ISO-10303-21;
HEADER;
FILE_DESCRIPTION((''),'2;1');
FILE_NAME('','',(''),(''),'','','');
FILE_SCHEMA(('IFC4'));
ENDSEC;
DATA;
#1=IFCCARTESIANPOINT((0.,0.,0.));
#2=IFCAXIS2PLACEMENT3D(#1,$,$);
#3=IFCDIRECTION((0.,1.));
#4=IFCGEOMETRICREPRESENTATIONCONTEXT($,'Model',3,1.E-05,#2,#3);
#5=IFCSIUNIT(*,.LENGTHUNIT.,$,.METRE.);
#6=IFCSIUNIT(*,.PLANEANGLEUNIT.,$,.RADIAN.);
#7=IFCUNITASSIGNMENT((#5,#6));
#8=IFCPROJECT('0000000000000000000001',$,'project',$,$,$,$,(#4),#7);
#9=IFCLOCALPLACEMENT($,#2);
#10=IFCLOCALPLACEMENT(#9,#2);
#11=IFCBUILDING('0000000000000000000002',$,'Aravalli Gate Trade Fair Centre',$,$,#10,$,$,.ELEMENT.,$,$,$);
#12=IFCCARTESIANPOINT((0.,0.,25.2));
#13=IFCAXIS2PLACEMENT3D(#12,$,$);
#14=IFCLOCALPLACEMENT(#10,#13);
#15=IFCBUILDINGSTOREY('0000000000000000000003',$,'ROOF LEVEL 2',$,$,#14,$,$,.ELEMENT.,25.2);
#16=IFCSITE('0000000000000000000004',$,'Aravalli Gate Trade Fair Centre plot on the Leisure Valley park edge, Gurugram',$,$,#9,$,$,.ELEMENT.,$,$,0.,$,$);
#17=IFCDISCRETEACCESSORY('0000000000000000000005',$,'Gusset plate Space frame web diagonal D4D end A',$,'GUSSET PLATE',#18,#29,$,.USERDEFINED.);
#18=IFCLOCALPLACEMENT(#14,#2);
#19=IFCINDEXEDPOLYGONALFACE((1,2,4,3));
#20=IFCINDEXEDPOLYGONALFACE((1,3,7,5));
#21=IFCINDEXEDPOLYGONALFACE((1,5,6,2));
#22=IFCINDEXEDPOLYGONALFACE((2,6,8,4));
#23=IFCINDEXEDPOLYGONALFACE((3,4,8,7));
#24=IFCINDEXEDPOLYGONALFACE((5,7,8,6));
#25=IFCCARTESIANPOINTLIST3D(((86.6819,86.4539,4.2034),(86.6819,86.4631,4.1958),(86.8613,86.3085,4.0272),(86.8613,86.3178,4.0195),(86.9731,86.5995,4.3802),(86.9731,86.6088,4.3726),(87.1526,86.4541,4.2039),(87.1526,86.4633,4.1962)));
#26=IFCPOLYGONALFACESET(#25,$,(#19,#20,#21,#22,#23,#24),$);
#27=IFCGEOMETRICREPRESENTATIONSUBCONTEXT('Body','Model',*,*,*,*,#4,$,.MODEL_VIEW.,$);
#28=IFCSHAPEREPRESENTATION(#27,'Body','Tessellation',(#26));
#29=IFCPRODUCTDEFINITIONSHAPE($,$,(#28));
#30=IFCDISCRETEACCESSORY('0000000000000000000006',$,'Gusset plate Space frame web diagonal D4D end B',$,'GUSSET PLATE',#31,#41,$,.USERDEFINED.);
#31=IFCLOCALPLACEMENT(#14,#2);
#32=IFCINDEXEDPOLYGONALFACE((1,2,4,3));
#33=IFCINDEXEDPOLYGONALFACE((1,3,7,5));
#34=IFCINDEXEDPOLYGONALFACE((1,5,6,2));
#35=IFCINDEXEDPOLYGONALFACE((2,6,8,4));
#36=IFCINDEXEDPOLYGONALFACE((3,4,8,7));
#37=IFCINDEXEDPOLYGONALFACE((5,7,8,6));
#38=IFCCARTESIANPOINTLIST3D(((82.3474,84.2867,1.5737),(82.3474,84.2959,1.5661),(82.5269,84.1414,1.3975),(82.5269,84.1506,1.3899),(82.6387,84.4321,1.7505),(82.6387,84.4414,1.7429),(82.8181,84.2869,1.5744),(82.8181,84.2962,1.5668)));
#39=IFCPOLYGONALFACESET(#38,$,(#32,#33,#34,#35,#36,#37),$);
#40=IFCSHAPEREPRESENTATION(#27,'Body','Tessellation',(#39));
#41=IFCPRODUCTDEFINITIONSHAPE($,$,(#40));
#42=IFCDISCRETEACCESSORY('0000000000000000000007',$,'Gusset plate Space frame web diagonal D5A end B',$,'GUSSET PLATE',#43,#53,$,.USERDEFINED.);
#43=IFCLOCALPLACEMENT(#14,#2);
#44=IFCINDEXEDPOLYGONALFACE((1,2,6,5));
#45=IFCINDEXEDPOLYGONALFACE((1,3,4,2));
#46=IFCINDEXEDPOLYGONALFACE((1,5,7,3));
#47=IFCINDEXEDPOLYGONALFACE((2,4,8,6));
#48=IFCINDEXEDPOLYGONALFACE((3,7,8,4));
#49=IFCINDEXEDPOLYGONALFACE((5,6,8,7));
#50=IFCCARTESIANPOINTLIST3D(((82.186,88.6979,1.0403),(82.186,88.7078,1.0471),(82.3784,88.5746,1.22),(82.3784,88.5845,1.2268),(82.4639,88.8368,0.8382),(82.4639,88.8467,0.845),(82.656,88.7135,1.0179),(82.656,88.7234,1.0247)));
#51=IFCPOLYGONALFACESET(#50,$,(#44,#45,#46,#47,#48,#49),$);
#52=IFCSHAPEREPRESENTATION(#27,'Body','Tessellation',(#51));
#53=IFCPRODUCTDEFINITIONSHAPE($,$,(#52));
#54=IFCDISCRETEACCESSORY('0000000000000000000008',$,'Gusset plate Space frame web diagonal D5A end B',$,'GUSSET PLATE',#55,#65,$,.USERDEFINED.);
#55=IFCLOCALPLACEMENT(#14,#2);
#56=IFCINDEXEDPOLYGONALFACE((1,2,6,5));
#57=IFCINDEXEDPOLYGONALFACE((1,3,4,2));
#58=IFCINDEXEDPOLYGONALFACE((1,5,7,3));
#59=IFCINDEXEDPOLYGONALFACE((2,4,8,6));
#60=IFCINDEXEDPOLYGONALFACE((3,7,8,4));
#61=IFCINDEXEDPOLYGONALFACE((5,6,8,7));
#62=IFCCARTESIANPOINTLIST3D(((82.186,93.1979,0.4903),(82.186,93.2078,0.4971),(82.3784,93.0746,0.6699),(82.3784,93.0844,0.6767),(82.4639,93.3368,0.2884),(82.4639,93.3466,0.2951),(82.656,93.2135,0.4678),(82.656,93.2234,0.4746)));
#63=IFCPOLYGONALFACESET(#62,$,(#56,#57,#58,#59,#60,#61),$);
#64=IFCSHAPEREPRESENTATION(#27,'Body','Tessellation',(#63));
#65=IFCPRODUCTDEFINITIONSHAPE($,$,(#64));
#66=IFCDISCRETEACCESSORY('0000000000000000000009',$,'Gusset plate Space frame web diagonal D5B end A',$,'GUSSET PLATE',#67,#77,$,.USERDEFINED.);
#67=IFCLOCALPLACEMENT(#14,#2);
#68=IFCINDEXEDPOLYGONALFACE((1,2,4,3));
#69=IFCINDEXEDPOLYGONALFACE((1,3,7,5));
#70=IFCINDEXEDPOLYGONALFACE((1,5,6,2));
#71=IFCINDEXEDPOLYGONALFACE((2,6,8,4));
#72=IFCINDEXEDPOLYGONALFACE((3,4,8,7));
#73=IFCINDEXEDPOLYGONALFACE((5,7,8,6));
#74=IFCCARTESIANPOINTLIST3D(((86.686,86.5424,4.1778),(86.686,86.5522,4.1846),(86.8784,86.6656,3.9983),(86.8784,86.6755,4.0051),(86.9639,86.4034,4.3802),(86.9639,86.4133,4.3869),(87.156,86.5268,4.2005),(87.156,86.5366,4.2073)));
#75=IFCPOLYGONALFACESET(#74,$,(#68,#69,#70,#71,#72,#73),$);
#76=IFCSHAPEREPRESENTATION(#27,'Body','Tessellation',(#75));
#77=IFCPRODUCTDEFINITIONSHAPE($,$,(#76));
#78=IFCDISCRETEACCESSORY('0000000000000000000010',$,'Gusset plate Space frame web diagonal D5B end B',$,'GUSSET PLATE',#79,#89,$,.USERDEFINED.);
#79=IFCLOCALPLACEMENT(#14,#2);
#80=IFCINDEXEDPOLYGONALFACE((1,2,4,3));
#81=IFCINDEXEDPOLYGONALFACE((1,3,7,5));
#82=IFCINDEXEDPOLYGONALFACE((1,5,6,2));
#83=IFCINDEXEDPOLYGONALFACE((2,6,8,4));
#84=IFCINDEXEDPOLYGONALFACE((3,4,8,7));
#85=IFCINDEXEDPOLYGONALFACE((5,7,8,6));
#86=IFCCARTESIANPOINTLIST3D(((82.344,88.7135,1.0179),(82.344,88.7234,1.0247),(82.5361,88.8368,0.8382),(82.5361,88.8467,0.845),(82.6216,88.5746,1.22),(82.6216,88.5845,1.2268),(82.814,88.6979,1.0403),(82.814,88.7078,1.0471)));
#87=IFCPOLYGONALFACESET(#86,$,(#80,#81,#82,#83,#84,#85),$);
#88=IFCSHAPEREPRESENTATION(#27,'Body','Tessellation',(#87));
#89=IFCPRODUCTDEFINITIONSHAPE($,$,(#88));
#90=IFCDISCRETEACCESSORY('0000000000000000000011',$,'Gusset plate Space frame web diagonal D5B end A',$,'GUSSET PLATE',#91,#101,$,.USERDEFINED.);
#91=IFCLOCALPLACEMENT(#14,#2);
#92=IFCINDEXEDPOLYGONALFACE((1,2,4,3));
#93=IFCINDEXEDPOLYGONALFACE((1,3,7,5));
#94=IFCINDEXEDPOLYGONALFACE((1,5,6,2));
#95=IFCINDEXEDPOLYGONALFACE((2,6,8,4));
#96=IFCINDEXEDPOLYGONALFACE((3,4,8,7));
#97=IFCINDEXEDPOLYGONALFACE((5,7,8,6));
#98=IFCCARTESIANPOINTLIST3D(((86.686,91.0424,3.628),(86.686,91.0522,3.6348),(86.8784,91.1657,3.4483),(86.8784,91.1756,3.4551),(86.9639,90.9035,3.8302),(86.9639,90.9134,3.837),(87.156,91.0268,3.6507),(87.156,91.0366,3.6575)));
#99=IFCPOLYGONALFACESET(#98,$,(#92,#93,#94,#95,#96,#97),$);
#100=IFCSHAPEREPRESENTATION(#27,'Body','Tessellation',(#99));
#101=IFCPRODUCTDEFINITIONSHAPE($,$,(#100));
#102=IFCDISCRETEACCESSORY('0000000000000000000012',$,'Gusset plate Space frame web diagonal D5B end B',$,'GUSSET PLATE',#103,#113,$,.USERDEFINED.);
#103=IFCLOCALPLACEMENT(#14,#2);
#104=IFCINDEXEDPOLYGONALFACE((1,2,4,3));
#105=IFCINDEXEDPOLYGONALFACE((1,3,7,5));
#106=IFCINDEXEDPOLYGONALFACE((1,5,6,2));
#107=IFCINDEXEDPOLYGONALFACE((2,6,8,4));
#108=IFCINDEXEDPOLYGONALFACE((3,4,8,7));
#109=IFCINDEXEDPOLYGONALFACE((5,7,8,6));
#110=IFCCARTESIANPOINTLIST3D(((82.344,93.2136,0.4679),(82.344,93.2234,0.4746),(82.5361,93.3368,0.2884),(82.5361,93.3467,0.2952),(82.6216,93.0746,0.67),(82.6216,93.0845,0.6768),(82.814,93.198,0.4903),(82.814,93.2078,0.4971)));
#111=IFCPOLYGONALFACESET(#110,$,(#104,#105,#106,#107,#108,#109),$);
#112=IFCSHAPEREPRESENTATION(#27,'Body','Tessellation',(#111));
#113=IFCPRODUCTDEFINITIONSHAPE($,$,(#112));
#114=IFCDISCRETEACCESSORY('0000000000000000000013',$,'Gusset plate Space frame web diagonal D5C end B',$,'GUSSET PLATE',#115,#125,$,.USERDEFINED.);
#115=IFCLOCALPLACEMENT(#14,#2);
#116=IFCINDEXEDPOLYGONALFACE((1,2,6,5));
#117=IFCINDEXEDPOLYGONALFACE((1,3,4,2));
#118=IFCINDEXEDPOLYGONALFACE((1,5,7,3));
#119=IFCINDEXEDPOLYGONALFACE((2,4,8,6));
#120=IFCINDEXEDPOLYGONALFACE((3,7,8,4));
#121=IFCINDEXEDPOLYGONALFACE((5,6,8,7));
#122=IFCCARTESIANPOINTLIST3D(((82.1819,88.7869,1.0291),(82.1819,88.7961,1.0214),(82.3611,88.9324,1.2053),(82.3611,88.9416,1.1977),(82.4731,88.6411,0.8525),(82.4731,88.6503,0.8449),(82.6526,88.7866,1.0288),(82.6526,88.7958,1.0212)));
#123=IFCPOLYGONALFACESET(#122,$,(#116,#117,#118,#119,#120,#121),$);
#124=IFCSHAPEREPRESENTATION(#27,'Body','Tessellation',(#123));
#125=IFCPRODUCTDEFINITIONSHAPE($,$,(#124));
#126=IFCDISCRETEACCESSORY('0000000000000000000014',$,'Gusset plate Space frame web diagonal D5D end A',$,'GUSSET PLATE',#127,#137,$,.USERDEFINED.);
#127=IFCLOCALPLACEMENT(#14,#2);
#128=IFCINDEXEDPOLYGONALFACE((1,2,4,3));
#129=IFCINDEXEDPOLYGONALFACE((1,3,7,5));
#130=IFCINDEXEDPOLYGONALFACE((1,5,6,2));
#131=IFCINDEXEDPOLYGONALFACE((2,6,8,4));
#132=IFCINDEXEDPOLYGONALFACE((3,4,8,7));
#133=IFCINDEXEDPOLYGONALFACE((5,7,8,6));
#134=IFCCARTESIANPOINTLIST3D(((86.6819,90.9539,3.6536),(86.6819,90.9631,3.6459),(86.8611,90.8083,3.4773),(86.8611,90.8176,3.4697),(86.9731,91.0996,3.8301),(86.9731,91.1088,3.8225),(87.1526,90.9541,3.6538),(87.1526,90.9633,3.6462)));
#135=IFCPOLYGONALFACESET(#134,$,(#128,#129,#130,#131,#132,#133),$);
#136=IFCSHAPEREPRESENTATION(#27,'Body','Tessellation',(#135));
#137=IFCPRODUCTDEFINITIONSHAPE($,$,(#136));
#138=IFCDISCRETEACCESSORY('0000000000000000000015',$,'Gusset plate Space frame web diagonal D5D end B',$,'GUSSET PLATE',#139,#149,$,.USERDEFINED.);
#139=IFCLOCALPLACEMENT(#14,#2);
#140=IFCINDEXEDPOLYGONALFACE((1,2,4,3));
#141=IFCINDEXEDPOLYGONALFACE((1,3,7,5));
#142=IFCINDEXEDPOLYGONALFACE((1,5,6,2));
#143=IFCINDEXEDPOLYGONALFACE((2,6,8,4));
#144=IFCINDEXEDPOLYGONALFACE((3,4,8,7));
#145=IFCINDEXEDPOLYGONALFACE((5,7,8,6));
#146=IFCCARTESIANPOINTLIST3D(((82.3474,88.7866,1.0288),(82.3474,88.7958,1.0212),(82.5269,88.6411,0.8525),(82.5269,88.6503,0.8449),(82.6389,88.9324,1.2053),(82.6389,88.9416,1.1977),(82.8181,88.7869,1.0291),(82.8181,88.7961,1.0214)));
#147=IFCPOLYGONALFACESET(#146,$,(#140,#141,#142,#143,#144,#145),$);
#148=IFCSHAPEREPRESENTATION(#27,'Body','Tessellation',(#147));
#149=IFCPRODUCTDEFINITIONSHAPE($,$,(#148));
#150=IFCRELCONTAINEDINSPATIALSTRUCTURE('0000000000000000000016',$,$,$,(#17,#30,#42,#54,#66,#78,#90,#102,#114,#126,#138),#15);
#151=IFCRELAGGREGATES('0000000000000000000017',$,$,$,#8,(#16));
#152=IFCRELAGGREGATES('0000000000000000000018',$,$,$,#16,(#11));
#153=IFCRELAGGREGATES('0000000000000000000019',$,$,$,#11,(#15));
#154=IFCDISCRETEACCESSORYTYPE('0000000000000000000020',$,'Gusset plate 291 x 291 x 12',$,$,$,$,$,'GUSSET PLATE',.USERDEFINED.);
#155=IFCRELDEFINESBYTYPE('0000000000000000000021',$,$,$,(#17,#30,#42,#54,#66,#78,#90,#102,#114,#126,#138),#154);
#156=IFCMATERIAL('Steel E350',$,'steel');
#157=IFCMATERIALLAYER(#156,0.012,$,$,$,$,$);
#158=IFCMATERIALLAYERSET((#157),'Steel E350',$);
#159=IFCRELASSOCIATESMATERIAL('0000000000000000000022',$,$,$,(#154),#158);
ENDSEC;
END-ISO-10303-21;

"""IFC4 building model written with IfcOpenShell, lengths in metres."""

from ifc_helpers import new_model, si_unit, direction, frame, origin, place, context, subcontext, project, spatial, polyline, outline, extrude, material, layer, layer_set, type_object, element, save


model = new_model("IFC4")

# Units and contexts
model_context = context("Model", 3, precision=1e-05, world=origin(), true_north=direction((0.0, 1.0)))
body_context = subcontext(model_context, "Body", "Model", "MODEL_VIEW")
ifc_project = project(units=[si_unit("LENGTHUNIT", "METRE"), si_unit("PLANEANGLEUNIT", "RADIAN")], contexts=[model_context])

# Site, building, storey
site_placement = place(None, origin())
site = spatial("IfcSite", under=ifc_project, at=site_placement, Name="Aravalli Gate Trade Fair Centre plot on the Leisure Valley park edge, Gurugram", CompositionType="ELEMENT", RefElevation=0.0)
building_placement = place(site_placement, origin())
building = spatial("IfcBuilding", under=site, at=building_placement, Name="Aravalli Gate Trade Fair Centre", CompositionType="ELEMENT")
storey_placement = place(building_placement, frame((0.0, 0.0, 25.2)))
storey = spatial("IfcBuildingStorey", under=building, at=storey_placement, Name="ROOF LEVEL 2", CompositionType="ELEMENT", Elevation=25.2)

# Shared definitions
ifc_material_1 = material(Name="Steel E350", Category="steel")

# Discrete accessories
ifc_layer_1 = layer(ifc_material_1, 0.012)
ifc_layer_set_1 = layer_set([ifc_layer_1], Name="Steel E350")
discrete_accessory_type = type_object("IfcDiscreteAccessoryType", Name="Gusset plate 291 x 291 x 12", ElementType="GUSSET PLATE", PredefinedType="USERDEFINED", material=ifc_layer_set_1)
discrete_accessory_1_placement = place(storey_placement, frame((86.6819, 86.4539, 4.2034), z_axis=(-0.00026, -0.771582, 0.63613), x_axis=(0.785986, 0.393126, 0.477156)))
element("IfcDiscreteAccessory", 1, at=discrete_accessory_1_placement, inside=storey, type_object=discrete_accessory_type, Name="Gusset plate Space frame web diagonal D4D end A", ObjectType="GUSSET PLATE", PredefinedType="USERDEFINED", context=body_context, shape_type="SweptSolid", body=[
    extrude(outline(polyline([(0.0, 0.0), (0.3706, 0.0), (0.3703, -0.2906), (-0.0002, -0.2905), (0.0, 0.0)])), origin(), (0.0, 0.0, -1.0), 0.012),
])
discrete_accessory_2_placement = place(storey_placement, frame((82.6387, 84.4321, 1.7505), z_axis=(-0.000589, -0.771792, 0.635874), x_axis=(-0.78619, -0.392604, -0.477251)))
element("IfcDiscreteAccessory", 2, at=discrete_accessory_2_placement, inside=storey, type_object=discrete_accessory_type, Name="Gusset plate Space frame web diagonal D4D end B", ObjectType="GUSSET PLATE", PredefinedType="USERDEFINED", context=body_context, shape_type="SweptSolid", body=[
    extrude(outline(polyline([(0.0, 0.0), (0.3705, 0.0), (0.3705, 0.2905), (0.0, 0.2903), (0.0, 0.0)])), origin(), (0.0, 0.0, -1.0), 0.012),
])
discrete_accessory_3_placement = place(storey_placement, frame((82.186, 88.7078, 1.0471), z_axis=(-0.000356, 0.824387, 0.566027), x_axis=(0.74966, 0.37483, -0.545447)))
element("IfcDiscreteAccessory", 3, at=discrete_accessory_3_placement, inside=storey, type_object=discrete_accessory_type, Name="Gusset plate Space frame web diagonal D5A end B", ObjectType="GUSSET PLATE", PredefinedType="USERDEFINED", context=body_context, shape_type="SweptSolid", body=[
    extrude(outline(polyline([(0.0, 0.0), (0.3706, 0.0), (0.3704, -0.2905), (0.0, -0.2907), (0.0, 0.0)])), origin(), (0.0, 0.0, -1.0), 0.012),
])
discrete_accessory_4_placement = place(storey_placement, frame((82.186, 93.2078, 0.4971), z_axis=(-0.000339, 0.824216, 0.566276), x_axis=(0.749929, 0.374811, -0.545089)))
element("IfcDiscreteAccessory", 4, at=discrete_accessory_4_placement, inside=storey, type_object=discrete_accessory_type, Name="Gusset plate Space frame web diagonal D5A end B", ObjectType="GUSSET PLATE", PredefinedType="USERDEFINED", context=body_context, shape_type="SweptSolid", body=[
    extrude(outline(polyline([(0.0, 0.0), (0.3705, 0.0), (0.3705, -0.2904), (0.0001, -0.2907), (0.0, 0.0)])), origin(), (0.0, 0.0, -1.0), 0.012),
])
discrete_accessory_5_placement = place(storey_placement, frame((86.686, 86.5522, 4.1846), z_axis=(0.000059, 0.824356, 0.566072), x_axis=(0.749391, -0.374849, 0.545804)))
element("IfcDiscreteAccessory", 5, at=discrete_accessory_5_placement, inside=storey, type_object=discrete_accessory_type, Name="Gusset plate Space frame web diagonal D5B end A", ObjectType="GUSSET PLATE", PredefinedType="USERDEFINED", context=body_context, shape_type="SweptSolid", body=[
    extrude(outline(polyline([(0.0, 0.0), (0.3707, 0.0), (0.3704, 0.2905), (0.0, 0.2905), (0.0, 0.0)])), origin(), (0.0, 0.0, -1.0), 0.012),
])
discrete_accessory_6_placement = place(storey_placement, frame((82.6216, 88.5845, 1.2268), z_axis=(0.000356, 0.824387, 0.566027), x_axis=(-0.749371, 0.375015, -0.545716)))
element("IfcDiscreteAccessory", 6, at=discrete_accessory_6_placement, inside=storey, type_object=discrete_accessory_type, Name="Gusset plate Space frame web diagonal D5B end B", ObjectType="GUSSET PLATE", PredefinedType="USERDEFINED", context=body_context, shape_type="SweptSolid", body=[
    extrude(outline(polyline([(0.0, 0.0), (0.3704, 0.0), (0.3707, -0.2905), (0.0001, -0.2907), (0.0, 0.0)])), origin(), (0.0, 0.0, -1.0), 0.012),
])
discrete_accessory_7_placement = place(storey_placement, frame((86.686, 91.0522, 3.6348), z_axis=(0.000059, 0.824356, 0.566072), x_axis=(0.74966, -0.374676, 0.545552)))
element("IfcDiscreteAccessory", 7, at=discrete_accessory_7_placement, inside=storey, type_object=discrete_accessory_type, Name="Gusset plate Space frame web diagonal D5B end A", ObjectType="GUSSET PLATE", PredefinedType="USERDEFINED", context=body_context, shape_type="SweptSolid", body=[
    extrude(outline(polyline([(0.0, 0.0), (0.3706, 0.0), (0.3706, 0.2904), (0.0, 0.2907), (0.0, 0.0)])), origin(), (0.0, 0.0, -1.0), 0.012),
])
discrete_accessory_8_placement = place(storey_placement, frame((82.6216, 93.0845, 0.6768), z_axis=(0.000339, 0.824216, 0.566276), x_axis=(-0.749371, 0.375169, -0.545611)))
element("IfcDiscreteAccessory", 8, at=discrete_accessory_8_placement, inside=storey, type_object=discrete_accessory_type, Name="Gusset plate Space frame web diagonal D5B end B", ObjectType="GUSSET PLATE", PredefinedType="USERDEFINED", context=body_context, shape_type="SweptSolid", body=[
    extrude(outline(polyline([(0.0, 0.0), (0.3704, 0.0), (0.3706, -0.2904), (0.0001, -0.2907), (0.0, 0.0)])), origin(), (0.0, 0.0, -1.0), 0.012),
])
discrete_accessory_9_placement = place(storey_placement, frame((82.1819, 88.7869, 1.0291), z_axis=(-0.00007, -0.771155, 0.636648), x_axis=(0.786233, -0.393446, -0.476485)))
element("IfcDiscreteAccessory", 9, at=discrete_accessory_9_placement, inside=storey, type_object=discrete_accessory_type, Name="Gusset plate Space frame web diagonal D5C end B", ObjectType="GUSSET PLATE", PredefinedType="USERDEFINED", context=body_context, shape_type="SweptSolid", body=[
    extrude(outline(polyline([(0.0, 0.0), (0.3704, 0.0), (0.3703, 0.2906), (-0.0003, 0.2904), (0.0, 0.0)])), origin(), (0.0, 0.0, -1.0), 0.012),
])
discrete_accessory_10_placement = place(storey_placement, frame((86.6819, 90.9539, 3.6536), z_axis=(0.00007, -0.771155, 0.636648), x_axis=(0.786233, 0.393446, 0.476485)))
element("IfcDiscreteAccessory", 10, at=discrete_accessory_10_placement, inside=storey, type_object=discrete_accessory_type, Name="Gusset plate Space frame web diagonal D5D end A", ObjectType="GUSSET PLATE", PredefinedType="USERDEFINED", context=body_context, shape_type="SweptSolid", body=[
    extrude(outline(polyline([(0.0, 0.0), (0.3704, 0.0), (0.3703, -0.2906), (-0.0003, -0.2904), (0.0, 0.0)])), origin(), (0.0, 0.0, -1.0), 0.012),
])
discrete_accessory_11_placement = place(storey_placement, frame((82.6389, 88.9324, 1.2053), z_axis=(0.00007, -0.771155, 0.636648), x_axis=(-0.786484, -0.393242, -0.476238)))
element("IfcDiscreteAccessory", 11, at=discrete_accessory_11_placement, inside=storey, type_object=discrete_accessory_type, Name="Gusset plate Space frame web diagonal D5D end B", ObjectType="GUSSET PLATE", PredefinedType="USERDEFINED", context=body_context, shape_type="SweptSolid", body=[
    extrude(outline(polyline([(0.0, 0.0), (0.3706, 0.0), (0.3707, 0.2906), (0.0002, 0.2904), (0.0, 0.0)])), origin(), (0.0, 0.0, -1.0), 0.012),
])

save(model, "model.ifc")
